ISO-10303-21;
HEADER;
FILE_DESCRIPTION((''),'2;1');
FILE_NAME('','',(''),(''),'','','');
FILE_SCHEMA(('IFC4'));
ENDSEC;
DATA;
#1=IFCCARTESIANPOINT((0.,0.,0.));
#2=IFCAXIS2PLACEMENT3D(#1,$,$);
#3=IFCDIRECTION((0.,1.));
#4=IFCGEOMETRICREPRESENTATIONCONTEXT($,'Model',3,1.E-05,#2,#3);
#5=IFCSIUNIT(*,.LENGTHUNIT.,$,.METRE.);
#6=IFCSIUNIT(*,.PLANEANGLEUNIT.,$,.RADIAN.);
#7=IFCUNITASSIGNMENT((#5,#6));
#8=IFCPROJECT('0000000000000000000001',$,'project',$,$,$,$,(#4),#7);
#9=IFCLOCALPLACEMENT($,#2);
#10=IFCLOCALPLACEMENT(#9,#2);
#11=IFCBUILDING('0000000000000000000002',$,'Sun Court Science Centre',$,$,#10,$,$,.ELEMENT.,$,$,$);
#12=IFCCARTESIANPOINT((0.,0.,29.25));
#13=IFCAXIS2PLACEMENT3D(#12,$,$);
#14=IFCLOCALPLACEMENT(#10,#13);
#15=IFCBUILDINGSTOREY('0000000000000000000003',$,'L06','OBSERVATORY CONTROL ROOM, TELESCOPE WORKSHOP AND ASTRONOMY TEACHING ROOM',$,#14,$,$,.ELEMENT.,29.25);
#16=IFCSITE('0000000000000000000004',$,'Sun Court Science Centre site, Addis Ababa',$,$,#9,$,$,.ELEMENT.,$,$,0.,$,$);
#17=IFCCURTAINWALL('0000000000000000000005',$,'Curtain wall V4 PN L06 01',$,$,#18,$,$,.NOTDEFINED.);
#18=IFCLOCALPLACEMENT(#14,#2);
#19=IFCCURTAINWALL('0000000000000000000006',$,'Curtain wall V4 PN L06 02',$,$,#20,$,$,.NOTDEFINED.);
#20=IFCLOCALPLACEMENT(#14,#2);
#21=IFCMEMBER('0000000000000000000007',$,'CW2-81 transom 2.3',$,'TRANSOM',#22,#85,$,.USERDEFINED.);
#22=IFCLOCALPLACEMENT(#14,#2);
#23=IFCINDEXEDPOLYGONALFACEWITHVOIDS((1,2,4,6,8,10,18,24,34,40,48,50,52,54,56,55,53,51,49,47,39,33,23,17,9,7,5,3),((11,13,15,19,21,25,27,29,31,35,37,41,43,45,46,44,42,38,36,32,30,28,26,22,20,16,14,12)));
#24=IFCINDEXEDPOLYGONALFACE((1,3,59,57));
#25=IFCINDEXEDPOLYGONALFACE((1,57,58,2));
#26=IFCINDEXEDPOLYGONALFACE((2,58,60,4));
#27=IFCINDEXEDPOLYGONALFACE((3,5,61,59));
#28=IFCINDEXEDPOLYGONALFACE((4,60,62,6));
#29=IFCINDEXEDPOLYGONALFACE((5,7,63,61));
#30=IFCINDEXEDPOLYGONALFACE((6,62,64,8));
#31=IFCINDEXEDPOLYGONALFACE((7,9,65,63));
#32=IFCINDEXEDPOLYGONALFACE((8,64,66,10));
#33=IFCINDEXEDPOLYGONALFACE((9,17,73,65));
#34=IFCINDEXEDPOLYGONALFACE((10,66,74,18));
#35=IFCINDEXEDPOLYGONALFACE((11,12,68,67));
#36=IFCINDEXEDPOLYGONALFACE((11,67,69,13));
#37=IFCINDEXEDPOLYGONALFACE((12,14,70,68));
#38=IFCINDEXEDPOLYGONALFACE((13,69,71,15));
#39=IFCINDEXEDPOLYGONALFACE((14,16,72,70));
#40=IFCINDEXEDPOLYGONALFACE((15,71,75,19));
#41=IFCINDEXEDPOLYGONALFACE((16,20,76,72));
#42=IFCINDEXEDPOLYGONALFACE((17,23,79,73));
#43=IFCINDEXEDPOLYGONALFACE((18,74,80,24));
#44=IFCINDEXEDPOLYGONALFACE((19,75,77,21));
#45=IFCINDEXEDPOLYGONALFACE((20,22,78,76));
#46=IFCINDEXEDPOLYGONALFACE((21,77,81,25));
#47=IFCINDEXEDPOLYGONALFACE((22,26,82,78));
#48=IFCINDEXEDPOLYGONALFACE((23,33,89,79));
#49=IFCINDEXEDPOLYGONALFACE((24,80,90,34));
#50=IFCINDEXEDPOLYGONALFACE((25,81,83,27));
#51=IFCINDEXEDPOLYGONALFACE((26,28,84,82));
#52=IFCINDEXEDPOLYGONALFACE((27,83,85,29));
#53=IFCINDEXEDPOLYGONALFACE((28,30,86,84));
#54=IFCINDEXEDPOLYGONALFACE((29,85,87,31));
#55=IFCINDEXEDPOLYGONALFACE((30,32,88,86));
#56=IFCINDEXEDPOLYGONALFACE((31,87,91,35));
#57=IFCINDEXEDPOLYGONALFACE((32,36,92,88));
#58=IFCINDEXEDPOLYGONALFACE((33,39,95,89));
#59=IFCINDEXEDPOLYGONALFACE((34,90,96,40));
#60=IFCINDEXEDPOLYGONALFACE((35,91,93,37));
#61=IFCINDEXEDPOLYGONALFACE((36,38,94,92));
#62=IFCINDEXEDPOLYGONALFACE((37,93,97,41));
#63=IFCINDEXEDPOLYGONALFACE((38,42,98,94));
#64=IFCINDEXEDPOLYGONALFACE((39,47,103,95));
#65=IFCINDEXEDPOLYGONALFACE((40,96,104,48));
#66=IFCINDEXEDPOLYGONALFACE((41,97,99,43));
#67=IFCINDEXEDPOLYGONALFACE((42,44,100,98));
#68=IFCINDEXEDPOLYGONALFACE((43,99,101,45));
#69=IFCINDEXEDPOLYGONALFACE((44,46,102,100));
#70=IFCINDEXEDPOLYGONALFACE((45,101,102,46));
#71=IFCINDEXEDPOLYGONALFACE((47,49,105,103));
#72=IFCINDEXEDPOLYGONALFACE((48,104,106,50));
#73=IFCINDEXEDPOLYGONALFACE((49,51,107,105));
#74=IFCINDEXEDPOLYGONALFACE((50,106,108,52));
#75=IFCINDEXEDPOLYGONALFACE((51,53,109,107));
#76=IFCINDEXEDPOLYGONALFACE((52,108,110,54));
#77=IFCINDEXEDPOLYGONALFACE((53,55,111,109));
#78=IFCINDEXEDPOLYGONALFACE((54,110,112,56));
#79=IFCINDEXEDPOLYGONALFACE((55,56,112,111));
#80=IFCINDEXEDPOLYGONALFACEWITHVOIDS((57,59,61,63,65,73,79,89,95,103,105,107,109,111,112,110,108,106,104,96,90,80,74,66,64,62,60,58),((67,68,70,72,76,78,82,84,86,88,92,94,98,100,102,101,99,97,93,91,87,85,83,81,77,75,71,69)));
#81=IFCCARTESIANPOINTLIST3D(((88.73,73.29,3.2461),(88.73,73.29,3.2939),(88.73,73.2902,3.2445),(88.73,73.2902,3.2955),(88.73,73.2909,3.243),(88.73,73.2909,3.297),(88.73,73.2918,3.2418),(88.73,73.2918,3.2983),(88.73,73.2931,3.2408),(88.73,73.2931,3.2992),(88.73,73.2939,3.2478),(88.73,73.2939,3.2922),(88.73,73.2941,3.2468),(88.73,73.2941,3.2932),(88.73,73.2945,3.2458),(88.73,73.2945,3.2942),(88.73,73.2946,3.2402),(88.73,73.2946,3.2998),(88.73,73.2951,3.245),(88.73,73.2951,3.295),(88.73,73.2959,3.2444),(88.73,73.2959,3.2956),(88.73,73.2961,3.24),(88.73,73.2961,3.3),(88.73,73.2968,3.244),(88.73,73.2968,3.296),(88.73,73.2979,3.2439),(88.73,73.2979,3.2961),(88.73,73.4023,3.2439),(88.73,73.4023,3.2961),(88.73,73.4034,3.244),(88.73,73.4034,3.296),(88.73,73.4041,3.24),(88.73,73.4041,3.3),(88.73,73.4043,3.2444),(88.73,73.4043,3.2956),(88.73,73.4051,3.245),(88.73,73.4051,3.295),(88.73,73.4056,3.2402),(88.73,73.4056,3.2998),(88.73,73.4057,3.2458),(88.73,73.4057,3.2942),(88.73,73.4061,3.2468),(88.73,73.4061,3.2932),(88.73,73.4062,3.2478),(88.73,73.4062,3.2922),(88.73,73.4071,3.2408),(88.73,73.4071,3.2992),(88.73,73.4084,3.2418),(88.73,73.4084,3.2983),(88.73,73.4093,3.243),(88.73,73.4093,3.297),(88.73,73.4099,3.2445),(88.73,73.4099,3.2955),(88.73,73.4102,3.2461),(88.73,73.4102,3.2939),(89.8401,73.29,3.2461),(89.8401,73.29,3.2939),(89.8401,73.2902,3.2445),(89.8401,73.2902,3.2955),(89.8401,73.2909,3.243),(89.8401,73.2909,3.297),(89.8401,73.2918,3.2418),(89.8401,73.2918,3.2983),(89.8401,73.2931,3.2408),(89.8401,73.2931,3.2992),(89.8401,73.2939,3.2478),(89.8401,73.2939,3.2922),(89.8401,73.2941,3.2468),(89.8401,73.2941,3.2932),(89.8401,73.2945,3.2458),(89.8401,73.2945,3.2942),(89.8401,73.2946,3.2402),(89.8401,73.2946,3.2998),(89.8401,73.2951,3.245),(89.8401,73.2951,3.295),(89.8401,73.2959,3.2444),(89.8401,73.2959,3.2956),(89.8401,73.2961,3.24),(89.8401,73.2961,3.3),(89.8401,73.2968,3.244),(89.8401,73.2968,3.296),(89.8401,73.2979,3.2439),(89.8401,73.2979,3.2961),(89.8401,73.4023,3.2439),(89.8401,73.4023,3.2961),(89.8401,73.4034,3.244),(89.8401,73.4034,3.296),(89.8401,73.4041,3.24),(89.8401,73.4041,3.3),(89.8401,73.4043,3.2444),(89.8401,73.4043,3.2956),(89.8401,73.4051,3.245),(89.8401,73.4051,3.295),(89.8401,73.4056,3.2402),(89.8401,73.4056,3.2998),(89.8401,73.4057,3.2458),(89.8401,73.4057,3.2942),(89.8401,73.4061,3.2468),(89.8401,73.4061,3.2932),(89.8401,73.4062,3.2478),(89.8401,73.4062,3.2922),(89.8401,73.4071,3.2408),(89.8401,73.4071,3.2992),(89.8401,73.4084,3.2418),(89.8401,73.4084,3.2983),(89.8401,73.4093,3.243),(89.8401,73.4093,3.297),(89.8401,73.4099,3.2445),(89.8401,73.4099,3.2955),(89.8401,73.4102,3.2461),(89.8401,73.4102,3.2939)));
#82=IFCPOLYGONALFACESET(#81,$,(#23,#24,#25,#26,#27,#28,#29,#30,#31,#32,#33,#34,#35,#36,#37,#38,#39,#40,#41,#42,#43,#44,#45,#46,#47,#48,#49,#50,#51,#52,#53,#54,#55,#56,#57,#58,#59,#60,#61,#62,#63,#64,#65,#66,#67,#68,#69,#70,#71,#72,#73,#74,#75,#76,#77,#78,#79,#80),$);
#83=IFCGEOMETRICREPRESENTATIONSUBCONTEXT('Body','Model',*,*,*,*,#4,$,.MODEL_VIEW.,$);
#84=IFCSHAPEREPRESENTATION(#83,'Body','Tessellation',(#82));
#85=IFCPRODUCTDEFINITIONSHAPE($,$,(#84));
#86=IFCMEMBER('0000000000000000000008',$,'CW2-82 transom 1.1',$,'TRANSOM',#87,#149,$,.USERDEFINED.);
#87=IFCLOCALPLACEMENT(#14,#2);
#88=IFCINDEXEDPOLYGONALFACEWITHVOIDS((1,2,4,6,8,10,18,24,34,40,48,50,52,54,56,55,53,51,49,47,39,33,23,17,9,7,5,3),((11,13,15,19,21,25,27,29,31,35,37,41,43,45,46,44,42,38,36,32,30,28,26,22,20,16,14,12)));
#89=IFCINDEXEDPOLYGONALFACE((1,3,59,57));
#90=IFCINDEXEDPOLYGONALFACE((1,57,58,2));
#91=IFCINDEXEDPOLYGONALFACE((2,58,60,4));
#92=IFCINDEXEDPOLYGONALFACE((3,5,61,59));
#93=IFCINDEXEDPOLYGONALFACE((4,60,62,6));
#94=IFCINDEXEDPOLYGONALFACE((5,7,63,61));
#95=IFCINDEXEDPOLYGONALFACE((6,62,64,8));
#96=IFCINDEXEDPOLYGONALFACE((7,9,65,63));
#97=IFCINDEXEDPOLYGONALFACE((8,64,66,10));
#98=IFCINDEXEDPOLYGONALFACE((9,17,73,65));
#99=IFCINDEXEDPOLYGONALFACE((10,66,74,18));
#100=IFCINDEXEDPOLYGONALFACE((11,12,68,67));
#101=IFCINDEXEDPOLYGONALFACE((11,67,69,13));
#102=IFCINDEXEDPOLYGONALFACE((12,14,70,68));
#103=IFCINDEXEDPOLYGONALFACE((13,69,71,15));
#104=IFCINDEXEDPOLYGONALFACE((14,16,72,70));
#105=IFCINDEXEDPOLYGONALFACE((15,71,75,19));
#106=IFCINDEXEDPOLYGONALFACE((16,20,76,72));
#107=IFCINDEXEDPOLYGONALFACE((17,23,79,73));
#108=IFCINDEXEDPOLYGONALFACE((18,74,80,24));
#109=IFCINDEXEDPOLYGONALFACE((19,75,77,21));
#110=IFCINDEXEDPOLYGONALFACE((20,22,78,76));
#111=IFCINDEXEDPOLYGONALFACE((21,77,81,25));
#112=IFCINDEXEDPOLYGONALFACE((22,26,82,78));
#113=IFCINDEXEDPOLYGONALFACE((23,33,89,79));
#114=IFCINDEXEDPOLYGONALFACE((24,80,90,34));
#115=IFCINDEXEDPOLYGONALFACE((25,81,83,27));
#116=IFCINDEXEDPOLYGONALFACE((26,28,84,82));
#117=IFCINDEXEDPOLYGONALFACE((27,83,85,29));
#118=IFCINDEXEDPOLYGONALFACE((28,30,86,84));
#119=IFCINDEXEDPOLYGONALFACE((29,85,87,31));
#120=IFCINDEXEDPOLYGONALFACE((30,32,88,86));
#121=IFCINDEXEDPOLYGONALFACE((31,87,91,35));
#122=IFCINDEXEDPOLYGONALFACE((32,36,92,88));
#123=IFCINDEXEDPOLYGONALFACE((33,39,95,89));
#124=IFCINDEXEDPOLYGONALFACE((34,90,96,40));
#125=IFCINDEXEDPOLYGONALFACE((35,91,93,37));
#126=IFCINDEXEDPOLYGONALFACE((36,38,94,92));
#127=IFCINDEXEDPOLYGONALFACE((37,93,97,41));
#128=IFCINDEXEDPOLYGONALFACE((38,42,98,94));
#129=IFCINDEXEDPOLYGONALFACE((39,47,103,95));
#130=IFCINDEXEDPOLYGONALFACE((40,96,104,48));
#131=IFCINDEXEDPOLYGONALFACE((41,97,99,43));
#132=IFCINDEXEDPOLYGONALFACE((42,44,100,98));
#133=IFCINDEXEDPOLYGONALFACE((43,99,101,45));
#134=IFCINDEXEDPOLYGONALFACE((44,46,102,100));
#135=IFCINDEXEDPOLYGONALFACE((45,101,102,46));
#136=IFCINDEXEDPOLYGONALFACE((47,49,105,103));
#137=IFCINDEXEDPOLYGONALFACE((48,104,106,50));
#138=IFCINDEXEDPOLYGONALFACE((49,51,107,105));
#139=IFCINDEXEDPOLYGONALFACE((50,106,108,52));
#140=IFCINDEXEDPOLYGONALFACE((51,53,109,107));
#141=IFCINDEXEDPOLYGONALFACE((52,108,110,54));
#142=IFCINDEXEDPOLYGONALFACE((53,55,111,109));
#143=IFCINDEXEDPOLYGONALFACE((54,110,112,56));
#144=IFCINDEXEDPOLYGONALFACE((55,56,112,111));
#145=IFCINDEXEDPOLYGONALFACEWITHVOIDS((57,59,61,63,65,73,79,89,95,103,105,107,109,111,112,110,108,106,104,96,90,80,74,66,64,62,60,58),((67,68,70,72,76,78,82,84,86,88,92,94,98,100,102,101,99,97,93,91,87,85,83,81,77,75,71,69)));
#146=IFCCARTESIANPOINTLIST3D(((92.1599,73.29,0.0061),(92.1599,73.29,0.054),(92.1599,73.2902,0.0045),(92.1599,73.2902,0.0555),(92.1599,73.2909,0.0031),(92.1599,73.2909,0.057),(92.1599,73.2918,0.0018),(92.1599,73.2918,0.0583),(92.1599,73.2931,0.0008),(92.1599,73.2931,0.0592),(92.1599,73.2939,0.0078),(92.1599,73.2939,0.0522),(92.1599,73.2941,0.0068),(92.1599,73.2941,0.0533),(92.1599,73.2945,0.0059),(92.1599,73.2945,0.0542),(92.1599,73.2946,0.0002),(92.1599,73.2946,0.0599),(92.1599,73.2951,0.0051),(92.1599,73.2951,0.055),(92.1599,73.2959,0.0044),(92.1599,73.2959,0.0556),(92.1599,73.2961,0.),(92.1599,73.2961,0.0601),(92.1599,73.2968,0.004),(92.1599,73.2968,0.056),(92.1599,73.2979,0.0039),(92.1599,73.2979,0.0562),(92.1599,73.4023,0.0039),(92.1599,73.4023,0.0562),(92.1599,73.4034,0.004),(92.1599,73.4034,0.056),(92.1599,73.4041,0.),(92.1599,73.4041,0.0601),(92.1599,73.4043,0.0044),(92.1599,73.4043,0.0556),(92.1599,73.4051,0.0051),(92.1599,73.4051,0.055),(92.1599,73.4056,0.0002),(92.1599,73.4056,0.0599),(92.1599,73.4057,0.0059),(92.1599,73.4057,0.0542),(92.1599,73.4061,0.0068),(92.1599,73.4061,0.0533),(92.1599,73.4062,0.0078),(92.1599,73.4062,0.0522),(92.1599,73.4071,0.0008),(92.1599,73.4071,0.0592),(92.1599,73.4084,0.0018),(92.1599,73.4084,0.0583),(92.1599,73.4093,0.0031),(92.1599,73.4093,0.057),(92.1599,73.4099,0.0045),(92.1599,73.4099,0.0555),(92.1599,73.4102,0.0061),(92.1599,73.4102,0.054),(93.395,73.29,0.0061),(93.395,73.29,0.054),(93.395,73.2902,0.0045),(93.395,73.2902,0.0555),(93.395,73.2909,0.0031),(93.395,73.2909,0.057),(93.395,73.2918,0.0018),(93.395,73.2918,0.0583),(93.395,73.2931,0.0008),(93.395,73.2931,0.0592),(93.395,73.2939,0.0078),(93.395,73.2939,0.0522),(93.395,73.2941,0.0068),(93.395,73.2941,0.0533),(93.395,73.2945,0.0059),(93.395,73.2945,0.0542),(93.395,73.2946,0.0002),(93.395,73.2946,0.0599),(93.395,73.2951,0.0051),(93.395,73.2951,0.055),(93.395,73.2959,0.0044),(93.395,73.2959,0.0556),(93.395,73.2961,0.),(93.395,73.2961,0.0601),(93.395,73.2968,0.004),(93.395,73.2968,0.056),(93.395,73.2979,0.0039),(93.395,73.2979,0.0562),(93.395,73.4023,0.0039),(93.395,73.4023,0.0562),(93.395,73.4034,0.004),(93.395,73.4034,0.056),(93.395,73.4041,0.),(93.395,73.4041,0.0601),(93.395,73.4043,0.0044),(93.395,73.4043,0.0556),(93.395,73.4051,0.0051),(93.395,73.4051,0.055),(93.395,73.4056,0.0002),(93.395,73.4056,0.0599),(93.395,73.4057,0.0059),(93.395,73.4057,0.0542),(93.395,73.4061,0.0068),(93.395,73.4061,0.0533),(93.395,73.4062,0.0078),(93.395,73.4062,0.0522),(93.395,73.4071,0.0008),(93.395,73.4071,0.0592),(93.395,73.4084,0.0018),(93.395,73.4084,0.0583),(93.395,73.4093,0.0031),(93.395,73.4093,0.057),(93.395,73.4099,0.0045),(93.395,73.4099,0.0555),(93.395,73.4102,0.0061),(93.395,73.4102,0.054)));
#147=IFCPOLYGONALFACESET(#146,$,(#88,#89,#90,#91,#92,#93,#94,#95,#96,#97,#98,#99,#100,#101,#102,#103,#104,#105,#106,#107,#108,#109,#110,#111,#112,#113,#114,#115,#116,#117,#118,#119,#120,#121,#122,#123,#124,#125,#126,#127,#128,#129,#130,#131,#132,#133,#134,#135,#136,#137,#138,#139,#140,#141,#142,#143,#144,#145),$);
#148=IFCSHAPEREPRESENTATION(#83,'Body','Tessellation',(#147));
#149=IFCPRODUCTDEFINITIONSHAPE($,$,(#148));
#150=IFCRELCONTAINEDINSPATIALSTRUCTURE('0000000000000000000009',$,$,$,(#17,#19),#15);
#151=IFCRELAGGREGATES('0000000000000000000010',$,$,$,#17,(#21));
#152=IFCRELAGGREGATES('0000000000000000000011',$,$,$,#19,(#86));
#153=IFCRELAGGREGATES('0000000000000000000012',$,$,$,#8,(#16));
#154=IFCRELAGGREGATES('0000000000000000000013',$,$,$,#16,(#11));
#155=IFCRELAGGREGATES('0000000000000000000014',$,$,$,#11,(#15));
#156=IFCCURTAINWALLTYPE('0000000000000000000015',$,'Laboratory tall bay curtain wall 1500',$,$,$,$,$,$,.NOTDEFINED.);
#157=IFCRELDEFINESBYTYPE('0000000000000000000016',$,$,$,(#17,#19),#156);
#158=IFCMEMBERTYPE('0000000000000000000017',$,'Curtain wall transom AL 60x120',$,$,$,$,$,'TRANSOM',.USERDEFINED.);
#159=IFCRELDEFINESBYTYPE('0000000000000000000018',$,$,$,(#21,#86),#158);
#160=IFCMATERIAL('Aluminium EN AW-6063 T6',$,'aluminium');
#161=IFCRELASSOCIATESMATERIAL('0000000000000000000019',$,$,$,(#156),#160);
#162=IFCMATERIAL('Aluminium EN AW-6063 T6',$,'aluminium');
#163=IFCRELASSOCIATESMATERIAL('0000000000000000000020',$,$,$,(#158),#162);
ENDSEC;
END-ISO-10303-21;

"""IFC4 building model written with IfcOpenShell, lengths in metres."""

from ifc_helpers import new_model, si_unit, direction, frame, origin, origin_2d, place, context, subcontext, project, spatial, hollow_rectangle, extrude, material, material_profile, profile_set, type_object, element, aggregate, save


model = new_model("IFC4")

# Units and contexts
model_context = context("Model", 3, precision=1e-05, world=origin(), true_north=direction((0.0, 1.0)))
body_context = subcontext(model_context, "Body", "Model", "MODEL_VIEW")
ifc_project = project(units=[si_unit("LENGTHUNIT", "METRE"), si_unit("PLANEANGLEUNIT", "RADIAN")], contexts=[model_context])

# Site, building, storey
site_placement = place(None, origin())
site = spatial("IfcSite", under=ifc_project, at=site_placement, Name="Sun Court Science Centre site, Addis Ababa", CompositionType="ELEMENT", RefElevation=0.0)
building_placement = place(site_placement, origin())
building = spatial("IfcBuilding", under=site, at=building_placement, Name="Sun Court Science Centre", CompositionType="ELEMENT")
storey_placement = place(building_placement, frame((0.0, 0.0, 29.25)))
storey = spatial("IfcBuildingStorey", under=building, at=storey_placement, Name="L06", Description="OBSERVATORY CONTROL ROOM, TELESCOPE WORKSHOP AND ASTRONOMY TEACHING ROOM", CompositionType="ELEMENT", Elevation=29.25)

# Curtain walls
ifc_material_1 = material(Name="Aluminium EN AW-6063 T6", Category="aluminium")
curtain_wall_type = type_object("IfcCurtainWallType", Name="Laboratory tall bay curtain wall 1500", PredefinedType="NOTDEFINED", material=ifc_material_1)
curtain_wall_1_placement = place(storey_placement, origin())
curtain_wall_1 = element("IfcCurtainWall", 1, at=curtain_wall_1_placement, inside=storey, type_object=curtain_wall_type, Name="Curtain wall V4 PN L06 01", PredefinedType="NOTDEFINED")
curtain_wall_2_placement = place(storey_placement, origin())
curtain_wall_2 = element("IfcCurtainWall", 2, at=curtain_wall_2_placement, inside=storey, type_object=curtain_wall_type, Name="Curtain wall V4 PN L06 02", PredefinedType="NOTDEFINED")

# Members
ifc_material_2 = material(Name="Aluminium EN AW-6063 T6", Category="aluminium")
ifc_material_profile_1 = material_profile(ifc_material_2, hollow_rectangle(XDim=0.0601, YDim=0.1201, WallThickness=0.0039, InnerFilletRadius=0.0039, OuterFilletRadius=0.0061, at=origin_2d()), Name="AL 60x120x4")
ifc_profile_set_1 = profile_set([ifc_material_profile_1], Name="Aluminium EN AW-6063 T6")
member_type_1 = type_object("IfcMemberType", Name="Curtain wall transom AL 60x120", ElementType="TRANSOM", PredefinedType="USERDEFINED", material=ifc_profile_set_1)
member_1_placement = place(storey_placement, frame((88.73, 73.3501, 3.27), z_axis=(1.0, 0.0, 0.0), x_axis=(0.0, 0.0, 1.0)))
member_1 = element("IfcMember", 3, at=member_1_placement, type_object=member_type_1, Name="CW2-81 transom 2.3", ObjectType="TRANSOM", PredefinedType="USERDEFINED", context=body_context, shape_type="SweptSolid", body=[
    extrude(hollow_rectangle(XDim=0.0601, YDim=0.1201, WallThickness=0.0039, InnerFilletRadius=0.0039, OuterFilletRadius=0.0061, at=origin_2d()), origin(), (0.0, 0.0, 1.0), 1.1101),
])
member_2_placement = place(storey_placement, frame((92.1599, 73.3501, 0.03), z_axis=(1.0, 0.0, 0.0), x_axis=(0.0, 0.0, 1.0)))
member_2 = element("IfcMember", 4, at=member_2_placement, type_object=member_type_1, Name="CW2-82 transom 1.1", ObjectType="TRANSOM", PredefinedType="USERDEFINED", context=body_context, shape_type="SweptSolid", body=[
    extrude(hollow_rectangle(XDim=0.0601, YDim=0.1201, WallThickness=0.0039, InnerFilletRadius=0.0039, OuterFilletRadius=0.0061, at=origin_2d()), origin(), (0.0, 0.0, 1.0), 1.2351),
])

aggregate(curtain_wall_1, [member_1])
aggregate(curtain_wall_2, [member_2])

save(model, "model.ifc")
